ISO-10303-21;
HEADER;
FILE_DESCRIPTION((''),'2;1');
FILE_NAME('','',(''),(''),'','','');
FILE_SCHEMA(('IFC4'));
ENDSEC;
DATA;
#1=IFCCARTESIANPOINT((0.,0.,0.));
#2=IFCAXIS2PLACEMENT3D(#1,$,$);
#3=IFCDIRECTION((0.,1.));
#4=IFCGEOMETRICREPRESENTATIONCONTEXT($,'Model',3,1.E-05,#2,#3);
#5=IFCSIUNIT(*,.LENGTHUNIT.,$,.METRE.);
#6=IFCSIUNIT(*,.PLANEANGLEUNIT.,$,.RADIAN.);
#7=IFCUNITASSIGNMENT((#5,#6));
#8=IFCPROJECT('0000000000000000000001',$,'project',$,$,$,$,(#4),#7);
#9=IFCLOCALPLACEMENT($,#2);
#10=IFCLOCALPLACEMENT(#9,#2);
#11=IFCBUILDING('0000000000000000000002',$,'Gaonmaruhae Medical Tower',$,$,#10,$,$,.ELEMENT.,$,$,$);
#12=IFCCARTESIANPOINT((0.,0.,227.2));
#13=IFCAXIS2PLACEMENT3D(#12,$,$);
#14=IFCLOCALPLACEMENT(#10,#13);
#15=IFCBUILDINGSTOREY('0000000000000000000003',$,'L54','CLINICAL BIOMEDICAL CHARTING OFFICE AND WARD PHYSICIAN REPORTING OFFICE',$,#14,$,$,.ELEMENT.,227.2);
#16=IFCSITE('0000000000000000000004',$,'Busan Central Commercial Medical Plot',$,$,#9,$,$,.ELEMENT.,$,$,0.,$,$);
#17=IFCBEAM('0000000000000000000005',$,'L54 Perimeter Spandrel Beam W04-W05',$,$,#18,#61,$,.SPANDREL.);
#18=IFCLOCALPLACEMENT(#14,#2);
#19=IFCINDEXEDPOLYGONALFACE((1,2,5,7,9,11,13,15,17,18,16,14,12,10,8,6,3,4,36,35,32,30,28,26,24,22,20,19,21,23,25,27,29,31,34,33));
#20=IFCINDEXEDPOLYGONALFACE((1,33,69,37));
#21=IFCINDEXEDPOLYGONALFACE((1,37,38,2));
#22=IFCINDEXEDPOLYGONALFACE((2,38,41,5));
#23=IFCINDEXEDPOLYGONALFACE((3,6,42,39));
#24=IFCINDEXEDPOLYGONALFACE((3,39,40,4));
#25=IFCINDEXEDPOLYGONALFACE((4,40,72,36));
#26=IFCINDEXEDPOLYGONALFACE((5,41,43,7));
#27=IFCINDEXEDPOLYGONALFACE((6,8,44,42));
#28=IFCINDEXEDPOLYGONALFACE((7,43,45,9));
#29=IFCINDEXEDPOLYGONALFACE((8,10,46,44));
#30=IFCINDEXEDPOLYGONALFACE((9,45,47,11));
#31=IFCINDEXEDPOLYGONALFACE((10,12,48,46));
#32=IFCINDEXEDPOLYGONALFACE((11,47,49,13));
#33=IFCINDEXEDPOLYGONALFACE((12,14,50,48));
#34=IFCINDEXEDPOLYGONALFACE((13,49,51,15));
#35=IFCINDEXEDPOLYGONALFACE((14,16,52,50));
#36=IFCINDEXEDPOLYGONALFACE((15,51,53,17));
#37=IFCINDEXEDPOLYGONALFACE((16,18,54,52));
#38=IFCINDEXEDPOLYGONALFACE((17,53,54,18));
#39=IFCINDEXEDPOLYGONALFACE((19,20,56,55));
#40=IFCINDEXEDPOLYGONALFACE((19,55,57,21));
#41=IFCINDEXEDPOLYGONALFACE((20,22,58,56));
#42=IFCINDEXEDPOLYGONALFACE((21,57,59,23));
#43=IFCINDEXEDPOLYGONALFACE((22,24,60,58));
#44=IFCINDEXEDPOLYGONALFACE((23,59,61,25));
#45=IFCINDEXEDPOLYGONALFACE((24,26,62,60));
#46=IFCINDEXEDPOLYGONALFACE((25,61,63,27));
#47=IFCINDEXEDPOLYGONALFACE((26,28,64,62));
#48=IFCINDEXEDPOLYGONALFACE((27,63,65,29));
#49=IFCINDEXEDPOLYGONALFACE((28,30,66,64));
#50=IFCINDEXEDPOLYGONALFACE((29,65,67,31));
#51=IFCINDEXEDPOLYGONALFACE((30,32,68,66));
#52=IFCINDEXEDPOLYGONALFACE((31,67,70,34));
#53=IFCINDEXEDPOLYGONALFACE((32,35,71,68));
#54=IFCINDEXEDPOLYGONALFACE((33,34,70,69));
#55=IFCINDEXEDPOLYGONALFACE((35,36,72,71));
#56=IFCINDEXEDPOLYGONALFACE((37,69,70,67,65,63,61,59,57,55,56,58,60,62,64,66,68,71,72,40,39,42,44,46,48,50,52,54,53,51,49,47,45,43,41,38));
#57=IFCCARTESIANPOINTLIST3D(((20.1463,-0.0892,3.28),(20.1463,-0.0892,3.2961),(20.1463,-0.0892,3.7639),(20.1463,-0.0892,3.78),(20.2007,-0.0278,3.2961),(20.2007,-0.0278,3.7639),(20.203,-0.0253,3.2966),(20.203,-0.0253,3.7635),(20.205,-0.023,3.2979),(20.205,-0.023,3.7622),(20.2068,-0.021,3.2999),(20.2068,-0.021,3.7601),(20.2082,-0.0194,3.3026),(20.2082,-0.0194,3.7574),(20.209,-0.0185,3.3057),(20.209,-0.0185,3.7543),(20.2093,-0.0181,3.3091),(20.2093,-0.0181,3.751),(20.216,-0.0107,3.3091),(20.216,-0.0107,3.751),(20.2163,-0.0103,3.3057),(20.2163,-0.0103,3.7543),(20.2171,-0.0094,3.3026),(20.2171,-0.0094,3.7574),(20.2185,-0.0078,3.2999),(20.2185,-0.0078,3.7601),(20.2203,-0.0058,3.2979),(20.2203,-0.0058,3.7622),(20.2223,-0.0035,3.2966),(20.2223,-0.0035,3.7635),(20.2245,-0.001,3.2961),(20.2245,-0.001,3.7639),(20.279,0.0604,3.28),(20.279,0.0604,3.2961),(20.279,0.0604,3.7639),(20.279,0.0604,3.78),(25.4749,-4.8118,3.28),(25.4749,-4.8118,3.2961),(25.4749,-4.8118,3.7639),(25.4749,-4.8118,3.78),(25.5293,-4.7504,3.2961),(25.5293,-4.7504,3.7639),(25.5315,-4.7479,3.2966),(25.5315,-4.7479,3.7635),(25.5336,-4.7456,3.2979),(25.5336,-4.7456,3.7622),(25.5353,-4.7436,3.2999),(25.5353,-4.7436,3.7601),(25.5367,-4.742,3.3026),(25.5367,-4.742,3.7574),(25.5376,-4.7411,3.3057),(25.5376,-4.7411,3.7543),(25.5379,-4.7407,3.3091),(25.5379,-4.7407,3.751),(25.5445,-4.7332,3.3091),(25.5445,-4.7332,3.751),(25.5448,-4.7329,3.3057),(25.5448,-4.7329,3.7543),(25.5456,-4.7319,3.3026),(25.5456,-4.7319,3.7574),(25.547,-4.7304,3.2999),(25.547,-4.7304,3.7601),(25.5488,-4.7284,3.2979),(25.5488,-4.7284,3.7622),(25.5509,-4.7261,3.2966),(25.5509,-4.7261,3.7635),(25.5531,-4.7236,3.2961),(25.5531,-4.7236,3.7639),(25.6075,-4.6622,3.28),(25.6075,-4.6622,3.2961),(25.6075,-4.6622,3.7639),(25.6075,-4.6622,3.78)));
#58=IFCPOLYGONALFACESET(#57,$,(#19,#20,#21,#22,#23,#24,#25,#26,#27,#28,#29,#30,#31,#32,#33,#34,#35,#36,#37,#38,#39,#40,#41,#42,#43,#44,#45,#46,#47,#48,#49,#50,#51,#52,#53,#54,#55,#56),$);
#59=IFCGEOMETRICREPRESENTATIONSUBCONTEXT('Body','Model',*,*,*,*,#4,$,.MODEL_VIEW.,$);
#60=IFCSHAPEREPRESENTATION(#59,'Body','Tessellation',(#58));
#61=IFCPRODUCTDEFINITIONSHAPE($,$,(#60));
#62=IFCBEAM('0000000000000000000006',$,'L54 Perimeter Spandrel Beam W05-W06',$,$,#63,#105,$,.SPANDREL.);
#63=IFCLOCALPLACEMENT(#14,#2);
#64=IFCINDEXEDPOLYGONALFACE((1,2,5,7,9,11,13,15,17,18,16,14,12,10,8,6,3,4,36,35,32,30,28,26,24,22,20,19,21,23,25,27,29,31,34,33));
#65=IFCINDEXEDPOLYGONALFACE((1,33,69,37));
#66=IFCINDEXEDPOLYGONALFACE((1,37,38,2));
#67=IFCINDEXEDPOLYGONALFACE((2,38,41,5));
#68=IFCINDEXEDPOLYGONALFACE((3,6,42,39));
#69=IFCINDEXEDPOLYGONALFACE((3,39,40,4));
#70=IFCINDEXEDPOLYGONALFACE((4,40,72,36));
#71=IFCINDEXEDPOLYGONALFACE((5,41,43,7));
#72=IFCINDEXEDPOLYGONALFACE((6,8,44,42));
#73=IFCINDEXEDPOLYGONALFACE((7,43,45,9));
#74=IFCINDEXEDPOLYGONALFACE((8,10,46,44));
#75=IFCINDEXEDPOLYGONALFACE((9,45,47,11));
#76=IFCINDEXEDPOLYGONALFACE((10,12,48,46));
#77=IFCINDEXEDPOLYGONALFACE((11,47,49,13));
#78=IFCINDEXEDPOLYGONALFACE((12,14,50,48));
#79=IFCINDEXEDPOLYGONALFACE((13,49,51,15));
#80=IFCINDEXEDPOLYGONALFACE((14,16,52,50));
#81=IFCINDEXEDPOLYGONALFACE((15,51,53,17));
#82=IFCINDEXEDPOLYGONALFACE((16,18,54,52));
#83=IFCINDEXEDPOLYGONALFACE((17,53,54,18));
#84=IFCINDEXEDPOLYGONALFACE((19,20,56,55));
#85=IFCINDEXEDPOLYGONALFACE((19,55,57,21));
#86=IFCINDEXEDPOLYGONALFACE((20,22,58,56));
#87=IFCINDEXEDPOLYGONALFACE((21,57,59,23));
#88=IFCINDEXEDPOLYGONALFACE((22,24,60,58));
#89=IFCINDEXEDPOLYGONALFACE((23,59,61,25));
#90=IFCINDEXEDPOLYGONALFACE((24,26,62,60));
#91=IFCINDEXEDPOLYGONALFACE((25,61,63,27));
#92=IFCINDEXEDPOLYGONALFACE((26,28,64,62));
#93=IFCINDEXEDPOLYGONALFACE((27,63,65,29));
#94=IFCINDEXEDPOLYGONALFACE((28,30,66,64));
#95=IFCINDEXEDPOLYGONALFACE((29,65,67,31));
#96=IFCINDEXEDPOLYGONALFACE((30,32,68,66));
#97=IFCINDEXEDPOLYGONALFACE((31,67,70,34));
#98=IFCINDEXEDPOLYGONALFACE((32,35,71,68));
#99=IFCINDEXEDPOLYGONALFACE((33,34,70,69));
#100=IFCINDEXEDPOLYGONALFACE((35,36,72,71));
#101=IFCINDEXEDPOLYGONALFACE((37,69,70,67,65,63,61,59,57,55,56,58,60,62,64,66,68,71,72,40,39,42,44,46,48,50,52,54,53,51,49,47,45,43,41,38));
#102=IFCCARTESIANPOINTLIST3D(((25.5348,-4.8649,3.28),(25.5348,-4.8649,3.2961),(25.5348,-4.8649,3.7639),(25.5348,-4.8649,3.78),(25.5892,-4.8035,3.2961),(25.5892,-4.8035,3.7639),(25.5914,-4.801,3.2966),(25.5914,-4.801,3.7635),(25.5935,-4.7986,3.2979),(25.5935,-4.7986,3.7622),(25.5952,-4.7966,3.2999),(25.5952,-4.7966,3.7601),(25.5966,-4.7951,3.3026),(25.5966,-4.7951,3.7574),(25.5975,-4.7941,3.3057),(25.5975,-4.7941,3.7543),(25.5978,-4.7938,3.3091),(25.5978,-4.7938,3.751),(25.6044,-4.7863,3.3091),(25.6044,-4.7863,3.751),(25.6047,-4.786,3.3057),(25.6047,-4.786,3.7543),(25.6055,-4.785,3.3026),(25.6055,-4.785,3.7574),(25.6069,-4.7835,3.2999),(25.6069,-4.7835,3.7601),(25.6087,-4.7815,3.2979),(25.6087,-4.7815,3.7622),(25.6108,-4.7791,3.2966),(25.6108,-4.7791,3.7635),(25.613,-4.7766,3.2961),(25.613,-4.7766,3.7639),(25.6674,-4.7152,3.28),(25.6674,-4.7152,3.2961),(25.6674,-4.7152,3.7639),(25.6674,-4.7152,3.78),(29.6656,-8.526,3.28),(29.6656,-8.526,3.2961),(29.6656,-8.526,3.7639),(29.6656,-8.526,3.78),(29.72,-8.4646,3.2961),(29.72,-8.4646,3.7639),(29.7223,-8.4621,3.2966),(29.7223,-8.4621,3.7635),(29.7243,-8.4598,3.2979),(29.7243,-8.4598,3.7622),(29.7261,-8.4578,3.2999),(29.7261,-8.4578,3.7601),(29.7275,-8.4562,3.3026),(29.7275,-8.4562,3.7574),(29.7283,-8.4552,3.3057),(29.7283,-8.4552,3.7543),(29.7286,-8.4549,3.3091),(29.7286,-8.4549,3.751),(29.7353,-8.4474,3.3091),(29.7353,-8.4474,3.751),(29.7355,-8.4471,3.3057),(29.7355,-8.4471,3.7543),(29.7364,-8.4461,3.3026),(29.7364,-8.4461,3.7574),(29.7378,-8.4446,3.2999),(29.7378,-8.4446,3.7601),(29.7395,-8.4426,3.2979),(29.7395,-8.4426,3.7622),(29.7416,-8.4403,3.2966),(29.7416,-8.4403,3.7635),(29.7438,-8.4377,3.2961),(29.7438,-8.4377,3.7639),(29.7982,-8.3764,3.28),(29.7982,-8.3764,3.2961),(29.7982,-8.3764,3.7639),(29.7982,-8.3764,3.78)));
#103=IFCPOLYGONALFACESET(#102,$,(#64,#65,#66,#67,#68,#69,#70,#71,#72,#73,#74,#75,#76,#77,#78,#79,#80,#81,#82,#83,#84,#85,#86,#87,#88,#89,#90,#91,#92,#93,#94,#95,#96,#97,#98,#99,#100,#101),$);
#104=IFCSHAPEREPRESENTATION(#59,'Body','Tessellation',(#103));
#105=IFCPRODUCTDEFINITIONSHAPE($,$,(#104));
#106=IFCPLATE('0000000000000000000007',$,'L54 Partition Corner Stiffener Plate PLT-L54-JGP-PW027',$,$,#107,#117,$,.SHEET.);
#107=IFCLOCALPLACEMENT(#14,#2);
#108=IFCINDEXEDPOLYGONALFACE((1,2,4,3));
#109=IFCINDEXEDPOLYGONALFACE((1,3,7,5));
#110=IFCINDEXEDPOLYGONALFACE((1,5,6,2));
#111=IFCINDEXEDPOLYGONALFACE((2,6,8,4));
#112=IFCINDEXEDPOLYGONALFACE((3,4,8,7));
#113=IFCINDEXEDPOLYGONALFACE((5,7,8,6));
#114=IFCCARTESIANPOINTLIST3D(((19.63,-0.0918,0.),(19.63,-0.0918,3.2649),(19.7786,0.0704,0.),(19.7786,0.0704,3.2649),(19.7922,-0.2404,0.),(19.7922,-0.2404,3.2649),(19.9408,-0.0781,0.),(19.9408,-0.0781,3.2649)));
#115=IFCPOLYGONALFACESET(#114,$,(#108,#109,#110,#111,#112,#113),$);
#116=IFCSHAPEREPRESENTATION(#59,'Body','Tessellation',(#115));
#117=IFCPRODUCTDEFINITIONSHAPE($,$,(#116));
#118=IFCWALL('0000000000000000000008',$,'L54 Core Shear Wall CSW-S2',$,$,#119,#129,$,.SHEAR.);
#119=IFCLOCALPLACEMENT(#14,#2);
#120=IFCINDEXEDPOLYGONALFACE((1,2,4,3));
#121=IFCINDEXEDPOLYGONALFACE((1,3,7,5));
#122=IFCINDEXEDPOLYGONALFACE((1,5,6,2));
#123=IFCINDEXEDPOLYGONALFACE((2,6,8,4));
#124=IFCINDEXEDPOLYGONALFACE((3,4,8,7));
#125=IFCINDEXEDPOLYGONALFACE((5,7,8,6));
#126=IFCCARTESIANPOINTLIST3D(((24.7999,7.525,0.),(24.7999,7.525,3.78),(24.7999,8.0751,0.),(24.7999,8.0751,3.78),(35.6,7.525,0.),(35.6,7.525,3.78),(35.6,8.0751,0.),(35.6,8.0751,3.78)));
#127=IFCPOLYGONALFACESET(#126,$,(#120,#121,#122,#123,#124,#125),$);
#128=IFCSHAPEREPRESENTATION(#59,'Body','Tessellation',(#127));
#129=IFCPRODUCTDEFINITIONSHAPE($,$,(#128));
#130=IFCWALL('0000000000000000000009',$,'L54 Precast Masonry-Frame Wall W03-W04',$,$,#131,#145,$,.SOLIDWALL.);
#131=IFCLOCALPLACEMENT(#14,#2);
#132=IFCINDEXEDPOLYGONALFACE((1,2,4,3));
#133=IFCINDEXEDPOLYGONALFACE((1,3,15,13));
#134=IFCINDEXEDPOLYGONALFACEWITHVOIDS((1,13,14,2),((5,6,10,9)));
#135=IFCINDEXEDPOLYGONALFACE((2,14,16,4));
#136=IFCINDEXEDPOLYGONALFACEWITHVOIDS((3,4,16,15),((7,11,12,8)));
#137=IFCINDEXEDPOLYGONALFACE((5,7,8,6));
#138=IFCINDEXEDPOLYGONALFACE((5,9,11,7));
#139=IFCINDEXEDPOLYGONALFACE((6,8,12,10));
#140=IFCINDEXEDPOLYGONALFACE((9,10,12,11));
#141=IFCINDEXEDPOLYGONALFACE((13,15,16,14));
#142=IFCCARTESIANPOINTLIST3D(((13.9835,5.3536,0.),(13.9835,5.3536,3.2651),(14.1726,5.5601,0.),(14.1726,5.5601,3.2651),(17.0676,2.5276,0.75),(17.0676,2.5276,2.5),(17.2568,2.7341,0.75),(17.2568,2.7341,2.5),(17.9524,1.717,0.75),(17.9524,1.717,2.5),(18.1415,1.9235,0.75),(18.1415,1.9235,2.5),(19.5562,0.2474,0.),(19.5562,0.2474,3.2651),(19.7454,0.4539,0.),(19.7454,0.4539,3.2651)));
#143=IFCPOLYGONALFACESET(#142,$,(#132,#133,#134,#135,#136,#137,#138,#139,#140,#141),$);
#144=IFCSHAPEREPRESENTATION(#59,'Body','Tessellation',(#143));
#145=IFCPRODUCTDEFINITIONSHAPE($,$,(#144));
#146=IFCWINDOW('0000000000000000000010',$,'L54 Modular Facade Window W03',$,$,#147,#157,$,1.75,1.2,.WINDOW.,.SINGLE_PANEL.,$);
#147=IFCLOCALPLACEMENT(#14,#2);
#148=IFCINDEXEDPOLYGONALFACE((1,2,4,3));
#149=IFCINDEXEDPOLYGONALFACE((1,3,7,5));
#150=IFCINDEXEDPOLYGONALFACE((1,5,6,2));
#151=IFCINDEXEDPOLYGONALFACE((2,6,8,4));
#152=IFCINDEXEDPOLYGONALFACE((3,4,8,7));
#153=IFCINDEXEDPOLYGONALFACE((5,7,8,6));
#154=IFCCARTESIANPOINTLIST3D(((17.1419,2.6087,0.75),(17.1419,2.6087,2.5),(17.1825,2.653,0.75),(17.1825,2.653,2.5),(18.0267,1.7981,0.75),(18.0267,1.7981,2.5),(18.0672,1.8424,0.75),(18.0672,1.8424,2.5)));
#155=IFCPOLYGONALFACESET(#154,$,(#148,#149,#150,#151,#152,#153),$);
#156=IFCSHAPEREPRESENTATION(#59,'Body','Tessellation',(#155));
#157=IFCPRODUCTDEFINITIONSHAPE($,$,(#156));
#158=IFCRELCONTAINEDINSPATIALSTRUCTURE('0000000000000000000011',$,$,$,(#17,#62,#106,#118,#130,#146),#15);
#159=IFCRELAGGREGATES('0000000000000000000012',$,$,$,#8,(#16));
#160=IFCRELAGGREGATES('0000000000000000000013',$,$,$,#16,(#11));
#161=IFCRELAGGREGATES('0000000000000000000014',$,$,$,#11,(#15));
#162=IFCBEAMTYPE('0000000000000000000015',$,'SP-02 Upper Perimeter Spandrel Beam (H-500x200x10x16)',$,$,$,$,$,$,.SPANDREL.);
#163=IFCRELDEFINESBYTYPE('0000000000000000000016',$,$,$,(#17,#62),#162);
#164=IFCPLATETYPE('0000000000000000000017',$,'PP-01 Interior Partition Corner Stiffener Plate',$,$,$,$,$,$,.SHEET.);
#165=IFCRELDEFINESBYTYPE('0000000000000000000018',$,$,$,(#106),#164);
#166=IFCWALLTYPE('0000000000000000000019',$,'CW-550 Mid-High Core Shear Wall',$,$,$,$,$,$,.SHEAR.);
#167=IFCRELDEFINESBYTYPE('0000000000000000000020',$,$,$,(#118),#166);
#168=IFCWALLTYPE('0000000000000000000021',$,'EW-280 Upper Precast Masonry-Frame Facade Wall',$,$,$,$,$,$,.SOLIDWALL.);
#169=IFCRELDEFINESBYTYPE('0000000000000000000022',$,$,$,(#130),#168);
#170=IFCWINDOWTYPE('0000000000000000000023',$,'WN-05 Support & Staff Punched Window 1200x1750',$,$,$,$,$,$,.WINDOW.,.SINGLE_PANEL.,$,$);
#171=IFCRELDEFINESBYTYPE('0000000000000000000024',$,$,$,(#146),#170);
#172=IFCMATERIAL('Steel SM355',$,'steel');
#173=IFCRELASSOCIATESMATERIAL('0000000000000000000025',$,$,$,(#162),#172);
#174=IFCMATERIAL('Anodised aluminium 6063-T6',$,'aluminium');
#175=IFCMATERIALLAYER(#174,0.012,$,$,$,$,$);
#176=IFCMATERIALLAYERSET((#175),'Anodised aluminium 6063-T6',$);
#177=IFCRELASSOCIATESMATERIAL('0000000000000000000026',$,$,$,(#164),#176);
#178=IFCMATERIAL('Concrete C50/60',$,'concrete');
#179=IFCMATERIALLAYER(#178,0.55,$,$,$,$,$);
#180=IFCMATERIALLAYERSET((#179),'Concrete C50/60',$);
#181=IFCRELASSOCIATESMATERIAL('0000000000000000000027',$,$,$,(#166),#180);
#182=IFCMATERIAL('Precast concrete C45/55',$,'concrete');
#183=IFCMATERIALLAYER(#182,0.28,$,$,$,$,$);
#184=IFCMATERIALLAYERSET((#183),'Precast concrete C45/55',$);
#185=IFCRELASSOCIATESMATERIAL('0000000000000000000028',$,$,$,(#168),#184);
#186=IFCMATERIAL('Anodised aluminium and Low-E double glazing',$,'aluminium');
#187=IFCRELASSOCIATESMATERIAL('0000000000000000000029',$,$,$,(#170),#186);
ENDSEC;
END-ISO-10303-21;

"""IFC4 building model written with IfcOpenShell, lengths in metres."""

from ifc_helpers import new_model, si_unit, direction, frame, frame_2d, origin, origin_2d, place, context, subcontext, project, spatial, rectangle, i_section, extrude, material, layer, layer_set, material_profile, profile_set, type_object, element, fill, save


model = new_model("IFC4")

# Units and contexts
model_context = context("Model", 3, precision=1e-05, world=origin(), true_north=direction((0.0, 1.0)))
body_context = subcontext(model_context, "Body", "Model", "MODEL_VIEW")
ifc_project = project(units=[si_unit("LENGTHUNIT", "METRE"), si_unit("PLANEANGLEUNIT", "RADIAN")], contexts=[model_context])

# Site, building, storey
site_placement = place(None, origin())
site = spatial("IfcSite", under=ifc_project, at=site_placement, Name="Busan Central Commercial Medical Plot", CompositionType="ELEMENT", RefElevation=0.0)
building_placement = place(site_placement, origin())
building = spatial("IfcBuilding", under=site, at=building_placement, Name="Gaonmaruhae Medical Tower", CompositionType="ELEMENT")
storey_placement = place(building_placement, frame((0.0, 0.0, 227.2)))
storey = spatial("IfcBuildingStorey", under=building, at=storey_placement, Name="L54", Description="CLINICAL BIOMEDICAL CHARTING OFFICE AND WARD PHYSICIAN REPORTING OFFICE", CompositionType="ELEMENT", Elevation=227.2)

# Shared definitions
ifc_material_1 = material(Name="Concrete C50/60", Category="concrete")

# Beams
ifc_material_2 = material(Name="Steel SM355", Category="steel")
ifc_material_profile_1 = material_profile(ifc_material_2, i_section(OverallWidth=0.2, OverallDepth=0.5, WebThickness=0.01, FlangeThickness=0.0161, FilletRadius=0.0129, at=origin_2d()), Name="H-500x200x10x16")
ifc_profile_set_1 = profile_set([ifc_material_profile_1], Name="Steel SM355")
beam_type_1 = type_object("IfcBeamType", Name="SP-02 Upper Perimeter Spandrel Beam (H-500x200x10x16)", PredefinedType="SPANDREL", material=ifc_profile_set_1)
beam_1_placement = place(storey_placement, frame((20.2126, -0.0144, 3.53), z_axis=(0.748377, -0.663273, 0.0), x_axis=(0.663273, 0.748377, 0.0)))
element("IfcBeam", 1, at=beam_1_placement, inside=storey, type_object=beam_type_1, Name="L54 Perimeter Spandrel Beam W04-W05", PredefinedType="SPANDREL", context=body_context, shape_type="SweptSolid", body=[
    extrude(i_section(OverallWidth=0.2, OverallDepth=0.5, WebThickness=0.01, FlangeThickness=0.0161, FilletRadius=0.0129, at=origin_2d()), origin(), (0.0, 0.0, 1.0), 7.1201),
])
beam_2_placement = place(storey_placement, frame((25.6011, -4.79, 3.53), z_axis=(0.748375, -0.663276, 0.0), x_axis=(0.663276, 0.748375, 0.0)))
element("IfcBeam", 2, at=beam_2_placement, inside=storey, type_object=beam_type_1, Name="L54 Perimeter Spandrel Beam W05-W06", PredefinedType="SPANDREL", context=body_context, shape_type="SweptSolid", body=[
    extrude(i_section(OverallWidth=0.2, OverallDepth=0.5, WebThickness=0.01, FlangeThickness=0.0161, FilletRadius=0.0129, at=origin_2d()), origin(), (0.0, 0.0, 1.0), 5.5198),
])

# Plate
ifc_material_3 = material(Name="Anodised aluminium 6063-T6", Category="aluminium")
ifc_layer_1 = layer(ifc_material_3, 0.012)
ifc_layer_set_1 = layer_set([ifc_layer_1], Name="Anodised aluminium 6063-T6")
plate_type = type_object("IfcPlateType", Name="PP-01 Interior Partition Corner Stiffener Plate", PredefinedType="SHEET", material=ifc_layer_set_1)
plate_placement = place(storey_placement, frame((19.7854, -0.085, 0.0), z_axis=(0.0, 0.0, 1.0), x_axis=(-0.737525, 0.67532, 0.0)))
element("IfcPlate", 3, at=plate_placement, inside=storey, type_object=plate_type, Name="L54 Partition Corner Stiffener Plate PLT-L54-JGP-PW027", PredefinedType="SHEET", context=body_context, shape_type="SweptSolid", body=[
    extrude(rectangle(XDim=0.22, YDim=0.22, at=origin_2d()), origin(), (0.0, 0.0, 1.0), 3.2649),
])

# Wall
ifc_layer_2 = layer(ifc_material_1, 0.55)
ifc_layer_set_2 = layer_set([ifc_layer_2], Name="Concrete C50/60")
wall_type_1 = type_object("IfcWallType", Name="CW-550 Mid-High Core Shear Wall", PredefinedType="SHEAR", material=ifc_layer_set_2)
wall_1_placement = place(storey_placement, frame((24.8, 7.8, 0.0), z_axis=(0.0, 0.0, 1.0), x_axis=(1.0, 0.0, 0.0)))
element("IfcWall", 4, at=wall_1_placement, inside=storey, type_object=wall_type_1, Name="L54 Core Shear Wall CSW-S2", PredefinedType="SHEAR", context=body_context, shape_type="SweptSolid", body=[
    extrude(rectangle(XDim=10.8, YDim=0.55, at=frame_2d((5.3999, 0.0))), origin(), (0.0, 0.0, 1.0), 3.78),
])

# Wall, opening, window
ifc_material_4 = material(Name="Precast concrete C45/55", Category="concrete")
ifc_layer_3 = layer(ifc_material_4, 0.28)
ifc_layer_set_3 = layer_set([ifc_layer_3], Name="Precast concrete C45/55")
wall_type_2 = type_object("IfcWallType", Name="EW-280 Upper Precast Masonry-Frame Facade Wall", PredefinedType="SOLIDWALL", material=ifc_layer_set_3)
wall_2_placement = place(storey_placement, frame((19.6509, 0.3506, 0.0), z_axis=(0.0, 0.0, 1.0), x_axis=(-0.737296, 0.67557, 0.0)))
wall_2 = element("IfcWall", 5, at=wall_2_placement, inside=storey, type_object=wall_type_2, Name="L54 Precast Masonry-Frame Wall W03-W04", PredefinedType="SOLIDWALL", context=body_context, shape_type="SweptSolid", body=[
    extrude(rectangle(XDim=7.5583, YDim=0.28, at=frame_2d((3.7793, 0.0))), origin(), (0.0, 0.0, 1.0), 3.2651),
])
opening_1_placement = place(wall_2_placement, frame((2.1753, 0.0, 0.75)))
opening_1 = element("IfcOpeningElement", 6, at=opening_1_placement, cuts=wall_2, PredefinedType="OPENING", context=body_context, shape_type="SweptSolid", body=[
    extrude(rectangle(XDim=1.2, YDim=1.75, at=frame_2d((0.6001, 0.875))), frame((0.0, 0.1499, 0.0), z_axis=(0.0, -1.0, 0.0), x_axis=(1.0, 0.0, 0.0)), (0.0, 0.0, 1.0), 0.3),
])
ifc_material_5 = material(Name="Anodised aluminium and Low-E double glazing", Category="aluminium")
window_type_1 = type_object("IfcWindowType", Name="WN-05 Support & Staff Punched Window 1200x1750", PartitioningType="SINGLE_PANEL", PredefinedType="WINDOW", material=ifc_material_5)
window_1_placement = place(opening_1_placement, origin())
window_1 = element("IfcWindow", 7, at=window_1_placement, inside=storey, type_object=window_type_1, Name="L54 Modular Facade Window W03", OverallHeight=1.75, OverallWidth=1.2, PartitioningType="SINGLE_PANEL", PredefinedType="WINDOW", context=body_context, shape_type="SweptSolid", body=[
    extrude(rectangle(XDim=1.2, YDim=1.75, at=frame_2d((0.6001, 0.875))), frame((0.0, 0.03, 0.0), z_axis=(0.0, -1.0, 0.0), x_axis=(1.0, 0.0, 0.0)), (0.0, 0.0, 1.0), 0.0601),
])
fill(opening_1, window_1)

save(model, "model.ifc")
